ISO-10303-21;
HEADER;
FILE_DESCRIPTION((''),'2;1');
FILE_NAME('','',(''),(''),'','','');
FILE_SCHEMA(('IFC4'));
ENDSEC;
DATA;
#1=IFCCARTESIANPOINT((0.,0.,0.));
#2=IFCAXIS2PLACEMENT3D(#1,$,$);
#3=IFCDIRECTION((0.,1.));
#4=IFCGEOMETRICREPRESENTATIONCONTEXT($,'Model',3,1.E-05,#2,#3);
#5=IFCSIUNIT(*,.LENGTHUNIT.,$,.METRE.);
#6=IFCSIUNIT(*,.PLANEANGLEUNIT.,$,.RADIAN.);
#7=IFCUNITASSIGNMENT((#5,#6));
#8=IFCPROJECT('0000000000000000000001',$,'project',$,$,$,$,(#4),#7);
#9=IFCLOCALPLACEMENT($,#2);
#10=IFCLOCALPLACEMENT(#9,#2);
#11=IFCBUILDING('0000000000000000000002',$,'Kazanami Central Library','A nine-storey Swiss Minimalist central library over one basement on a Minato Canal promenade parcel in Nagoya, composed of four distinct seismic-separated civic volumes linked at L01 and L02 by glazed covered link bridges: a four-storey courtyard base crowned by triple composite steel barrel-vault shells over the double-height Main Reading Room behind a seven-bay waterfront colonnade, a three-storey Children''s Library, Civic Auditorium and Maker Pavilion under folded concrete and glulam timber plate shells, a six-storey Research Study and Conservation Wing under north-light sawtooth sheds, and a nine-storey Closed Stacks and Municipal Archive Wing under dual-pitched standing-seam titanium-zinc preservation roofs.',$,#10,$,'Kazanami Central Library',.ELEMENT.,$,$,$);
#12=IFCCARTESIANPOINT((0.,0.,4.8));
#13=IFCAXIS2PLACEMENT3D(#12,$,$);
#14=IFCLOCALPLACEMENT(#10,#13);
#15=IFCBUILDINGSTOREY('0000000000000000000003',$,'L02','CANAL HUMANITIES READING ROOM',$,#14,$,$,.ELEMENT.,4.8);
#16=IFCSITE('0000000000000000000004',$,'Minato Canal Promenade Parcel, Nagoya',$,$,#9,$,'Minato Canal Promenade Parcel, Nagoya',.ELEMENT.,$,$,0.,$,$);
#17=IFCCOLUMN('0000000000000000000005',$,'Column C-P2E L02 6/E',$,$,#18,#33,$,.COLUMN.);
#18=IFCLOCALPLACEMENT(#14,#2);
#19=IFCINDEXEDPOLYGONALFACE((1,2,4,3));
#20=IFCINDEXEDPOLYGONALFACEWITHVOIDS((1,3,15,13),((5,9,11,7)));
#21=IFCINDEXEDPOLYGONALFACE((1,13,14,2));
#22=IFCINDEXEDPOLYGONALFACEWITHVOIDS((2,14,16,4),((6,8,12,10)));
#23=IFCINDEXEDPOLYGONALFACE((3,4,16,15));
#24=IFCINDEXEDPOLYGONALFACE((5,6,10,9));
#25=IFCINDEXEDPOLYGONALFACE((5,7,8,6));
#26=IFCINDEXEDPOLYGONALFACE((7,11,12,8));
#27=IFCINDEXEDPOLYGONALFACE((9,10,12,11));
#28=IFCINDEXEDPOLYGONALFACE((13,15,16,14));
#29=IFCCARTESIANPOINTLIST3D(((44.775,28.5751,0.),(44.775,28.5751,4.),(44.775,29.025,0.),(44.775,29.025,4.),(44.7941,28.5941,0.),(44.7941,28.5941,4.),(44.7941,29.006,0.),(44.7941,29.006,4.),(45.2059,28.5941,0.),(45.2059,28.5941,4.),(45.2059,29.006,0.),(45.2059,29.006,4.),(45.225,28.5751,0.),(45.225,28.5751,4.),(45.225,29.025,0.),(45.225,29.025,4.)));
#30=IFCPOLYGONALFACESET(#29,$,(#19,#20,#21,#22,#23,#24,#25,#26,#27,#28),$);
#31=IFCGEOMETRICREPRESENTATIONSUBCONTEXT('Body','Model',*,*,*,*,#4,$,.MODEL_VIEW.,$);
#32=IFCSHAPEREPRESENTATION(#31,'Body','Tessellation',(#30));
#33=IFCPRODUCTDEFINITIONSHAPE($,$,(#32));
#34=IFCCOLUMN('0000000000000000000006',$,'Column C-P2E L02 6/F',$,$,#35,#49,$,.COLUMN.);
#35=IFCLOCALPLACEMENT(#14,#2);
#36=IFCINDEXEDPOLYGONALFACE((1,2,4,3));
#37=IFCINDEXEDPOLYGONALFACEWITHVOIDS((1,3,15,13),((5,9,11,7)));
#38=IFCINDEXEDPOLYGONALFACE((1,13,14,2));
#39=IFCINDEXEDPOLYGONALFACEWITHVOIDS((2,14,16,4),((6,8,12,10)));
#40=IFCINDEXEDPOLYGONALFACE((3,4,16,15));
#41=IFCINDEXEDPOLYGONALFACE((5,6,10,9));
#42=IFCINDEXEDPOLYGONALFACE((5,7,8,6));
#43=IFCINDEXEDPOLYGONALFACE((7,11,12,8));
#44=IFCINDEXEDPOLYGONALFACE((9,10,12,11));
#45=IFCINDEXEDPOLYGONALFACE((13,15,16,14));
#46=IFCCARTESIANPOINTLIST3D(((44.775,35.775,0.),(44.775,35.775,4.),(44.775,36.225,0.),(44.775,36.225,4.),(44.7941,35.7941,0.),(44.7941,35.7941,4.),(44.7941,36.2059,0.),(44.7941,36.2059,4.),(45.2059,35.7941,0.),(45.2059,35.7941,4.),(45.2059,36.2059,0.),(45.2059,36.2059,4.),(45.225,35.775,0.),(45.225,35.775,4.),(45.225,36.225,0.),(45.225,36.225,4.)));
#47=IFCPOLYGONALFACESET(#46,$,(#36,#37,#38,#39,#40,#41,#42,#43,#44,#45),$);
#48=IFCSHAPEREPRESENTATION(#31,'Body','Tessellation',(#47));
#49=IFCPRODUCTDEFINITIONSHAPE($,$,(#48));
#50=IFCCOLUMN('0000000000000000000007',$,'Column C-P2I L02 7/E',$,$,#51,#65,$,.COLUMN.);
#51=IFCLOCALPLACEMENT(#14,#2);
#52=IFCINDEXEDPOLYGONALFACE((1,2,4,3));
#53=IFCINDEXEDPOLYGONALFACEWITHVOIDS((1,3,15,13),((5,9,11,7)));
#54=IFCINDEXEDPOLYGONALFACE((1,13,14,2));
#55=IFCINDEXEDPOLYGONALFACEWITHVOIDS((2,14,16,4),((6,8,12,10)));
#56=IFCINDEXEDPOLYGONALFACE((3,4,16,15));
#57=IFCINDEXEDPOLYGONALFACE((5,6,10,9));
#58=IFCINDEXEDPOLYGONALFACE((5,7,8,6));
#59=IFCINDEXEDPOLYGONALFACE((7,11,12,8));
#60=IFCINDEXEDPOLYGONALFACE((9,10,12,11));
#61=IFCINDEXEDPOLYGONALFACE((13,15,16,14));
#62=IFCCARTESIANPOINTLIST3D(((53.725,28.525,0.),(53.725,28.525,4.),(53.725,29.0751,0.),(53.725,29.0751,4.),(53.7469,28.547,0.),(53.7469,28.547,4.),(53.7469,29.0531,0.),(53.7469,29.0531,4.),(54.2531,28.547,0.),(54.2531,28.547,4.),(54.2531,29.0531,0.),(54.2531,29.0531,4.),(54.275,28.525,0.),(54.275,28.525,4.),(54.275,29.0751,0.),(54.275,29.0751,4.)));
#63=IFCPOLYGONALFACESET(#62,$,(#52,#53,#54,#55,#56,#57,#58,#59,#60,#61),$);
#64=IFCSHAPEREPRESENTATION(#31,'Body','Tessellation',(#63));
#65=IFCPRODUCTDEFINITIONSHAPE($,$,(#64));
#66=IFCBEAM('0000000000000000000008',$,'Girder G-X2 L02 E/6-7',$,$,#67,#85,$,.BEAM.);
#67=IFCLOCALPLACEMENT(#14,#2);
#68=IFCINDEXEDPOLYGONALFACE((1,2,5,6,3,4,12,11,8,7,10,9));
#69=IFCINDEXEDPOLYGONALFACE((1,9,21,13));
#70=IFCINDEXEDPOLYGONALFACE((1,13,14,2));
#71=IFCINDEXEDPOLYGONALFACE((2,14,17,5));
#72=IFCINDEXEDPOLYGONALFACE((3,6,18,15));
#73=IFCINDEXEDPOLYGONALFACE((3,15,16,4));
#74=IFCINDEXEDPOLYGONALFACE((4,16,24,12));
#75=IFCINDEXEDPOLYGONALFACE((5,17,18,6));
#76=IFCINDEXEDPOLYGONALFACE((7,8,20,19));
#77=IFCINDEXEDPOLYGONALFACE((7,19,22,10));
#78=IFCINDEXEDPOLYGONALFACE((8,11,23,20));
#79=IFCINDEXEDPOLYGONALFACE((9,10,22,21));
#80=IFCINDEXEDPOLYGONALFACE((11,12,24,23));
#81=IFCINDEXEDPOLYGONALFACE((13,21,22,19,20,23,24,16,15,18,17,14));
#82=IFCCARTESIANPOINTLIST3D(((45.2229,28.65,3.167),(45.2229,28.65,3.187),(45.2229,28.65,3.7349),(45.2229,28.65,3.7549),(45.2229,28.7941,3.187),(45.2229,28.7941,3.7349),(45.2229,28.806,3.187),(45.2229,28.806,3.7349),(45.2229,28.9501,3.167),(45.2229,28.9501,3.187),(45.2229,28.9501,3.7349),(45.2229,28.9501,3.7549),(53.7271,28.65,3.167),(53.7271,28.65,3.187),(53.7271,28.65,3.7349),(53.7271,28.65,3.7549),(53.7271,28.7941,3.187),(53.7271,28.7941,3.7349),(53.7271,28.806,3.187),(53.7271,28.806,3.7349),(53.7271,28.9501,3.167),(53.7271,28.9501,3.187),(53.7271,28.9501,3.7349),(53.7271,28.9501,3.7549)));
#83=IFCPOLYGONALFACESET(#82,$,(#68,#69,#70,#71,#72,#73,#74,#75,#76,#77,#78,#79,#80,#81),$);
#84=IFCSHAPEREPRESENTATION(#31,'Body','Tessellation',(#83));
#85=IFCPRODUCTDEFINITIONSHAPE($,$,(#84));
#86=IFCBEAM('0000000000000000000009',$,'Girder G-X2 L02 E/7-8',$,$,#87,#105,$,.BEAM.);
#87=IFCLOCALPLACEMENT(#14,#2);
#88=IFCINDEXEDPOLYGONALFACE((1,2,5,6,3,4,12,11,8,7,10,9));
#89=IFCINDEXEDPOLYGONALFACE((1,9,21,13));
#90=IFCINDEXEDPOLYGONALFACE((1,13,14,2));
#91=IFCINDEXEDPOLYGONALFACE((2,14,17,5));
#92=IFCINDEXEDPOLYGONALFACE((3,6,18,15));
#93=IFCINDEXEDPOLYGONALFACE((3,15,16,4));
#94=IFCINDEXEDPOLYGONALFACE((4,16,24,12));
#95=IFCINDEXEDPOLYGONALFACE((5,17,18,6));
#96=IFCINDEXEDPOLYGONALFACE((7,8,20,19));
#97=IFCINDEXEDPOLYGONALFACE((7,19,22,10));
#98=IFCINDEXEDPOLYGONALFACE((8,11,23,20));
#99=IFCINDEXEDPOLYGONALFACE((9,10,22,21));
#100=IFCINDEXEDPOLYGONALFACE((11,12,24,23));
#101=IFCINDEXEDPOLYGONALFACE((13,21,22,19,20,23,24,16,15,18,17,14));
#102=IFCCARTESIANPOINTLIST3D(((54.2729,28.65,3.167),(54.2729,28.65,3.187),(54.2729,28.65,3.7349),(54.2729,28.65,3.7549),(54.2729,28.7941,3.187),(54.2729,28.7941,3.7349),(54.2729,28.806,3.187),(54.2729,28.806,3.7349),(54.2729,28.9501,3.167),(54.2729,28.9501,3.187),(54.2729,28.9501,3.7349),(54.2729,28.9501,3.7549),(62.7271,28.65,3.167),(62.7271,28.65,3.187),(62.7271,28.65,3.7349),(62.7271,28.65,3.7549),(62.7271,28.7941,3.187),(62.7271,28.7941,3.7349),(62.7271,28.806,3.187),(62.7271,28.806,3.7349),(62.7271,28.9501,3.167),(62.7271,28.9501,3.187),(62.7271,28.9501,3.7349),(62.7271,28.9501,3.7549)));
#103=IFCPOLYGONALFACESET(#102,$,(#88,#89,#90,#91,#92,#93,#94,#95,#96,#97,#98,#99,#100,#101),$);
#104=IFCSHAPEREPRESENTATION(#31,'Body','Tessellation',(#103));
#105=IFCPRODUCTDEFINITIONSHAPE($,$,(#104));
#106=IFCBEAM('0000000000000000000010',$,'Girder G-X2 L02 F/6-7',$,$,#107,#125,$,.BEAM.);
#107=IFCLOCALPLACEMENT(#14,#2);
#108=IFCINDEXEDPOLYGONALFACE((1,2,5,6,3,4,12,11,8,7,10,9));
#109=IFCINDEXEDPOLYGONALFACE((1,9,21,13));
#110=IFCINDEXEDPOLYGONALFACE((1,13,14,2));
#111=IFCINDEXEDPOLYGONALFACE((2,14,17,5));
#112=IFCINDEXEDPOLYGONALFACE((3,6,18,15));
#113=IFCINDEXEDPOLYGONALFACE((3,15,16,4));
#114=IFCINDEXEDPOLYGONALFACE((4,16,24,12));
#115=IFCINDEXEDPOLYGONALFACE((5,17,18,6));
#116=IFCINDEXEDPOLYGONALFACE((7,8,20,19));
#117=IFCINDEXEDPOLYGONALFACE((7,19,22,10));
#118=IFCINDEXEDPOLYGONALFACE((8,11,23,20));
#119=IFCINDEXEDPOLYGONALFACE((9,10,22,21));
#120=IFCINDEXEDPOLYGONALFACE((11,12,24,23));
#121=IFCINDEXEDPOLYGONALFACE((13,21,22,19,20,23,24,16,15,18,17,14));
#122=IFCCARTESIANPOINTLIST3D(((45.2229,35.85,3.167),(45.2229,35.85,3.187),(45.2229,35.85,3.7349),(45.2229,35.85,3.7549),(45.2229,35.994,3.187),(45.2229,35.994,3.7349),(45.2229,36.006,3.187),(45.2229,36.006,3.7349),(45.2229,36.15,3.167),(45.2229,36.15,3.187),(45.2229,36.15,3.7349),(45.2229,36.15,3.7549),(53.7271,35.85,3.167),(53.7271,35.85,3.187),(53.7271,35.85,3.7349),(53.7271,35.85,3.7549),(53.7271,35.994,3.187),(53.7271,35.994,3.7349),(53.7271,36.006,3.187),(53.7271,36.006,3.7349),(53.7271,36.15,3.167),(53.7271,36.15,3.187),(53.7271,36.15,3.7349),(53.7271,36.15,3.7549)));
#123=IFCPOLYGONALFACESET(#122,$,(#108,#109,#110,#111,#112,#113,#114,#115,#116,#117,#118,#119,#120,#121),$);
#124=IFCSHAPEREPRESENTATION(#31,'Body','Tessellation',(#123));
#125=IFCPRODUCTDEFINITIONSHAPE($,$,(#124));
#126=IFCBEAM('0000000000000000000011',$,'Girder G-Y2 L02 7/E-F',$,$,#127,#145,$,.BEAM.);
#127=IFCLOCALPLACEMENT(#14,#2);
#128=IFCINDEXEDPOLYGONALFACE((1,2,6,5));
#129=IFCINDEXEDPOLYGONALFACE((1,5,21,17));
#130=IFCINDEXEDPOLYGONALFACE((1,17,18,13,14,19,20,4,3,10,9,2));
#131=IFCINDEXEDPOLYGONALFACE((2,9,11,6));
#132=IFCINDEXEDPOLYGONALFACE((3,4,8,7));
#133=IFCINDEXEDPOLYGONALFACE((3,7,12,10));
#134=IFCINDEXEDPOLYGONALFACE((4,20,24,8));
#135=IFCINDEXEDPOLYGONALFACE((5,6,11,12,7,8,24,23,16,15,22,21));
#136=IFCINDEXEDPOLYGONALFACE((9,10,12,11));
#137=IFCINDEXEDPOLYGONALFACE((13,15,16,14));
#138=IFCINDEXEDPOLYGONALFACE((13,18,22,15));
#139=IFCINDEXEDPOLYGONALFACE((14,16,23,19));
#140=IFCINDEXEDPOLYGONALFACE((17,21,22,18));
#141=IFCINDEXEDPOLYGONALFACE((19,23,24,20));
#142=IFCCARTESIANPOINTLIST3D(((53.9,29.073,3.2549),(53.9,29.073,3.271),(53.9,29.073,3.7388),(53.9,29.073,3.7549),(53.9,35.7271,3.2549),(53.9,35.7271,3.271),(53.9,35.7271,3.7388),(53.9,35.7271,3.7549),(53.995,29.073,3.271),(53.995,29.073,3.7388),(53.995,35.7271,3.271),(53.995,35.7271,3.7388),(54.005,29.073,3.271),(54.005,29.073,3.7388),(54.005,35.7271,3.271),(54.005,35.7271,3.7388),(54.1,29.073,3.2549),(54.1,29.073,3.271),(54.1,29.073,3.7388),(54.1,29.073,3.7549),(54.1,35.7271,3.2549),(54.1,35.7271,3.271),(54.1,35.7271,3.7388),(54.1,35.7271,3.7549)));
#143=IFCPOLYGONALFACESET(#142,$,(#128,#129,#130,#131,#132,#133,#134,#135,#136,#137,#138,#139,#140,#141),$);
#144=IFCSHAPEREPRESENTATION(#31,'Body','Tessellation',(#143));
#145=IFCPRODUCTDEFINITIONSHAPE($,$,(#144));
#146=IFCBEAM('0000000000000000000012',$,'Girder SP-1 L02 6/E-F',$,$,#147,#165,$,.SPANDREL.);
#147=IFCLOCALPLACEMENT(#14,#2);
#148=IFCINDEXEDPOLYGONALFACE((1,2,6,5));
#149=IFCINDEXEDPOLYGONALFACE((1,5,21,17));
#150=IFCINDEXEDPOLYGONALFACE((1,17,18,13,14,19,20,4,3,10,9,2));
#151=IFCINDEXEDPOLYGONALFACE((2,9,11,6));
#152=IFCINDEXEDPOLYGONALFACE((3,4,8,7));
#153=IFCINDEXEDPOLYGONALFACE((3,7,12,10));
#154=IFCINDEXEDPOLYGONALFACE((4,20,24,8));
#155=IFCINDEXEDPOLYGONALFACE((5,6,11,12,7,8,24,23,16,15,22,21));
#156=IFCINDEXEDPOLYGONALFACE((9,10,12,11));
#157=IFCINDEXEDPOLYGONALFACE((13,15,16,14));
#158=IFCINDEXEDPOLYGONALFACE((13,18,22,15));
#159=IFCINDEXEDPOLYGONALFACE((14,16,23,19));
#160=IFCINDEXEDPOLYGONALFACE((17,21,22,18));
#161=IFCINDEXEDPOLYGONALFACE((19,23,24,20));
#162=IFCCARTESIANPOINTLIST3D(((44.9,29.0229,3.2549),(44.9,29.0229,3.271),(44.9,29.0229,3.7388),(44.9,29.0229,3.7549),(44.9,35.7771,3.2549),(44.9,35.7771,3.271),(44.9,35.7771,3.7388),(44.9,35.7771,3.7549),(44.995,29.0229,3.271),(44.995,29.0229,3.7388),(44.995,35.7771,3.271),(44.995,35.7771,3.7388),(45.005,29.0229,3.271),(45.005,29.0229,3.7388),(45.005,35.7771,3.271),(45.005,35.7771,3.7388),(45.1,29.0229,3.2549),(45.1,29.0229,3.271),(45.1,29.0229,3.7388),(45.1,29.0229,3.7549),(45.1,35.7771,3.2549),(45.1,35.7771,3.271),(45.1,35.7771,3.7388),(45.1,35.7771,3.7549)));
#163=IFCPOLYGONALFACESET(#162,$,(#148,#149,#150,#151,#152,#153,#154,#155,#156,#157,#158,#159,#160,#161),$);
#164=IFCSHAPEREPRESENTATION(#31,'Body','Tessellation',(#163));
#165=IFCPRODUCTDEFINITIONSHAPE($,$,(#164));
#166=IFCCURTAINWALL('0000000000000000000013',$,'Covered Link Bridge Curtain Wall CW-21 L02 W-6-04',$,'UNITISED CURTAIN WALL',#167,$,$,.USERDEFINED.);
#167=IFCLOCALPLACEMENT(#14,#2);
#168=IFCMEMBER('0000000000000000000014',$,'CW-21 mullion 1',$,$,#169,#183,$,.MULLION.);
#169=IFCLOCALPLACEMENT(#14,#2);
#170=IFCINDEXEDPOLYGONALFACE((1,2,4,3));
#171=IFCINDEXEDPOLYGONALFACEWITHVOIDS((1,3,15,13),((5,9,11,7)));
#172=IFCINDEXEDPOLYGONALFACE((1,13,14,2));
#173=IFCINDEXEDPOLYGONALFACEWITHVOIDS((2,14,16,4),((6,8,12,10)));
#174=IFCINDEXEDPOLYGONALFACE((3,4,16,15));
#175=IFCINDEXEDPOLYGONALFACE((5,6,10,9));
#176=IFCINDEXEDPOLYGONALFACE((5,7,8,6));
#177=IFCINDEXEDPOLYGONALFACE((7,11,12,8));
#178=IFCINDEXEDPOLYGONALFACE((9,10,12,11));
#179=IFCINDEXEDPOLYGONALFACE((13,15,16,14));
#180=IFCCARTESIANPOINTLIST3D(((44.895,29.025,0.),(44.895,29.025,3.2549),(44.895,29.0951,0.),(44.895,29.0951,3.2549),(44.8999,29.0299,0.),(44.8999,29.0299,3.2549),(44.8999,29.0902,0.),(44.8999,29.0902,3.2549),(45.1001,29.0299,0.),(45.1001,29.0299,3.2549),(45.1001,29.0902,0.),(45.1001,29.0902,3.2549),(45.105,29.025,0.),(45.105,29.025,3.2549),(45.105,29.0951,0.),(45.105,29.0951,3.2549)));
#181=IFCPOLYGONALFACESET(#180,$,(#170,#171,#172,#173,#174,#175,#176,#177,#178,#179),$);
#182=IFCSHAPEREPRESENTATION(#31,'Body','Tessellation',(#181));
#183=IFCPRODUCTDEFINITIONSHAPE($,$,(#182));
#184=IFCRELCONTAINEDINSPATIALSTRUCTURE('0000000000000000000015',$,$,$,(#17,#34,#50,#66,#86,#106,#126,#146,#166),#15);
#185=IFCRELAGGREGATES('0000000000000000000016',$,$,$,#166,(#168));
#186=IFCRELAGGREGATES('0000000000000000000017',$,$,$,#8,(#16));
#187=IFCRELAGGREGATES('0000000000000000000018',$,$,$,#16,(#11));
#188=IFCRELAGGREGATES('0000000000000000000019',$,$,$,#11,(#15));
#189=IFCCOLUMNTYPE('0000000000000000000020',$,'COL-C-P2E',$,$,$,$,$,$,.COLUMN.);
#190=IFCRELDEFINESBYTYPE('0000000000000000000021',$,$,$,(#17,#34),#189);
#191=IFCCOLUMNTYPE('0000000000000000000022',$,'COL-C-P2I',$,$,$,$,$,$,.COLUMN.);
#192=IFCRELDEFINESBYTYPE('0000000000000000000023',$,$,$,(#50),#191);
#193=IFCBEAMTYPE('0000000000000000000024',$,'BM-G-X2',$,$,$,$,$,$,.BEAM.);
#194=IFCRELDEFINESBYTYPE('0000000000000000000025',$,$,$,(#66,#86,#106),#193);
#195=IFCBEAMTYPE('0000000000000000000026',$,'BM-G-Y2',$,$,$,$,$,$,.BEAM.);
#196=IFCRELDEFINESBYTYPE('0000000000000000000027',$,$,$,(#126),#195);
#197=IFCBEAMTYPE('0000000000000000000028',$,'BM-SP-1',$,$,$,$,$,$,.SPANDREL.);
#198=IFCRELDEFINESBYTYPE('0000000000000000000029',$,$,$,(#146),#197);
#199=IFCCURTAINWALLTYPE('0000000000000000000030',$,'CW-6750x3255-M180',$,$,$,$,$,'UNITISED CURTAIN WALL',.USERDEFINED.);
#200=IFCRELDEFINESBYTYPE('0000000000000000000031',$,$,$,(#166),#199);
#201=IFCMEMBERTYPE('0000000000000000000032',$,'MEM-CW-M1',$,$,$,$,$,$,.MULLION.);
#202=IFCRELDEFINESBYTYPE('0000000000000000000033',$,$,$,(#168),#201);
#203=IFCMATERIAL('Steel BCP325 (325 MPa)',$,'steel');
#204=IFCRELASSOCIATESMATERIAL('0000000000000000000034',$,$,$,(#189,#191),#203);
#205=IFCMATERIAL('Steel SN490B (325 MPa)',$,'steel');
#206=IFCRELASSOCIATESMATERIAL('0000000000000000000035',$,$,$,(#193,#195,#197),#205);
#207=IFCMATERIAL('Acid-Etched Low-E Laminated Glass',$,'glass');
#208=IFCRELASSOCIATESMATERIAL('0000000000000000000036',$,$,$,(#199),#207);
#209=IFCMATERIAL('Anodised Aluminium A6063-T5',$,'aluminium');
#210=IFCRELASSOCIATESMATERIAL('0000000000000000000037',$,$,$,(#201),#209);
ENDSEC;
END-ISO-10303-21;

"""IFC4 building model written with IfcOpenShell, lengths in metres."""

from ifc_helpers import new_model, si_unit, direction, frame, origin, origin_2d, place, context, subcontext, project, spatial, hollow_rectangle, i_section, extrude, material, material_profile, profile_set, type_object, element, aggregate, save


model = new_model("IFC4")

# Units and contexts
model_context = context("Model", 3, precision=1e-05, world=origin(), true_north=direction((0.0, 1.0)))
body_context = subcontext(model_context, "Body", "Model", "MODEL_VIEW")
ifc_project = project(units=[si_unit("LENGTHUNIT", "METRE"), si_unit("PLANEANGLEUNIT", "RADIAN")], contexts=[model_context])

# Site, building, storey
site_placement = place(None, origin())
site = spatial("IfcSite", under=ifc_project, at=site_placement, Name="Minato Canal Promenade Parcel, Nagoya", LongName="Minato Canal Promenade Parcel, Nagoya", CompositionType="ELEMENT", RefElevation=0.0)
building_placement = place(site_placement, origin())
building = spatial("IfcBuilding", under=site, at=building_placement, Name="Kazanami Central Library", Description="A nine-storey Swiss Minimalist central library over one basement on a Minato Canal promenade parcel in Nagoya, composed of four distinct seismic-separated civic volumes linked at L01 and L02 by glazed covered link bridges: a four-storey courtyard base crowned by triple composite steel barrel-vault shells over the double-height Main Reading Room behind a seven-bay waterfront colonnade, a three-storey Children's Library, Civic Auditorium and Maker Pavilion under folded concrete and glulam timber plate shells, a six-storey Research Study and Conservation Wing under north-light sawtooth sheds, and a nine-storey Closed Stacks and Municipal Archive Wing under dual-pitched standing-seam titanium-zinc preservation roofs.", LongName="Kazanami Central Library", CompositionType="ELEMENT")
storey_placement = place(building_placement, frame((0.0, 0.0, 4.8)))
storey = spatial("IfcBuildingStorey", under=building, at=storey_placement, Name="L02", Description="CANAL HUMANITIES READING ROOM", CompositionType="ELEMENT", Elevation=4.8)

# Columns
ifc_material_1 = material(Name="Steel BCP325 (325 MPa)", Category="steel")
ifc_material_profile_1 = material_profile(ifc_material_1, hollow_rectangle(XDim=0.45, YDim=0.45, WallThickness=0.019, at=origin_2d()), Name="BCP-450x450x19")
ifc_profile_set_1 = profile_set([ifc_material_profile_1], Name="Steel BCP325 (325 MPa)")
column_type_1 = type_object("IfcColumnType", Name="COL-C-P2E", PredefinedType="COLUMN", material=ifc_profile_set_1)
for number, where, z_axis, x_axis, name in (
    (1, (45.0, 28.8, 0.0), (0.0, 0.0, 1.0), (1.0, 0.0, 0.0), "Column C-P2E L02 6/E"),
    (2, (45.0, 36.0, 0.0), (0.0, 0.0, 1.0), (1.0, 0.0, 0.0), "Column C-P2E L02 6/F"),
):
    element("IfcColumn", number, at=place(storey_placement, frame(where, z_axis=z_axis, x_axis=x_axis)), inside=storey, type_object=column_type_1, Name=name, PredefinedType="COLUMN", context=body_context, shape_type="SweptSolid", body=[
        extrude(hollow_rectangle(XDim=0.45, YDim=0.45, WallThickness=0.019, at=origin_2d()), origin(), (0.0, 0.0, 1.0), 4.0),
    ])
ifc_material_profile_2 = material_profile(ifc_material_1, hollow_rectangle(XDim=0.55, YDim=0.55, WallThickness=0.022, at=origin_2d()), Name="BCP-550x550x22")
ifc_profile_set_2 = profile_set([ifc_material_profile_2], Name="Steel BCP325 (325 MPa)")
column_type_2 = type_object("IfcColumnType", Name="COL-C-P2I", PredefinedType="COLUMN", material=ifc_profile_set_2)
column_placement = place(storey_placement, frame((54.0, 28.8, 0.0), z_axis=(0.0, 0.0, 1.0), x_axis=(1.0, 0.0, 0.0)))
element("IfcColumn", 3, at=column_placement, inside=storey, type_object=column_type_2, Name="Column C-P2I L02 7/E", PredefinedType="COLUMN", context=body_context, shape_type="SweptSolid", body=[
    extrude(hollow_rectangle(XDim=0.55, YDim=0.55, WallThickness=0.022, at=origin_2d()), origin(), (0.0, 0.0, 1.0), 4.0),
])

# Beams
ifc_material_2 = material(Name="Steel SN490B (325 MPa)", Category="steel")
ifc_material_profile_3 = material_profile(ifc_material_2, i_section(OverallWidth=0.3, OverallDepth=0.5879, WebThickness=0.012, FlangeThickness=0.02, at=origin_2d()), Name="H-588x300x12x20")
ifc_profile_set_3 = profile_set([ifc_material_profile_3], Name="Steel SN490B (325 MPa)")
beam_type_1 = type_object("IfcBeamType", Name="BM-G-X2", PredefinedType="BEAM", material=ifc_profile_set_3)
beam_1_placement = place(storey_placement, frame((45.2229, 28.8, 3.4609), z_axis=(1.0, 0.0, 0.0), x_axis=(0.0, 1.0, 0.0)))
element("IfcBeam", 4, at=beam_1_placement, inside=storey, type_object=beam_type_1, Name="Girder G-X2 L02 E/6-7", PredefinedType="BEAM", context=body_context, shape_type="SweptSolid", body=[
    extrude(i_section(OverallWidth=0.3, OverallDepth=0.5879, WebThickness=0.012, FlangeThickness=0.02, at=origin_2d()), origin(), (0.0, 0.0, 1.0), 8.5042),
])
beam_2_placement = place(storey_placement, frame((54.2729, 28.8, 3.4609), z_axis=(1.0, 0.0, 0.0), x_axis=(0.0, 1.0, 0.0)))
element("IfcBeam", 5, at=beam_2_placement, inside=storey, type_object=beam_type_1, Name="Girder G-X2 L02 E/7-8", PredefinedType="BEAM", context=body_context, shape_type="SweptSolid", body=[
    extrude(i_section(OverallWidth=0.3, OverallDepth=0.5879, WebThickness=0.012, FlangeThickness=0.02, at=origin_2d()), origin(), (0.0, 0.0, 1.0), 8.4541),
])
beam_3_placement = place(storey_placement, frame((45.2229, 36.0, 3.4609), z_axis=(1.0, 0.0, 0.0), x_axis=(0.0, 1.0, 0.0)))
element("IfcBeam", 6, at=beam_3_placement, inside=storey, type_object=beam_type_1, Name="Girder G-X2 L02 F/6-7", PredefinedType="BEAM", context=body_context, shape_type="SweptSolid", body=[
    extrude(i_section(OverallWidth=0.3, OverallDepth=0.5879, WebThickness=0.012, FlangeThickness=0.02, at=origin_2d()), origin(), (0.0, 0.0, 1.0), 8.5042),
])
ifc_material_profile_4 = material_profile(ifc_material_2, i_section(OverallWidth=0.2, OverallDepth=0.5, WebThickness=0.01, FlangeThickness=0.0161, at=origin_2d()), Name="H-500x200x10x16")
ifc_profile_set_4 = profile_set([ifc_material_profile_4], Name="Steel SN490B (325 MPa)")
beam_type_2 = type_object("IfcBeamType", Name="BM-G-Y2", PredefinedType="BEAM", material=ifc_profile_set_4)
beam_4_placement = place(storey_placement, frame((54.0, 29.073, 3.5049), z_axis=(0.0, 1.0, 0.0), x_axis=(-1.0, 0.0, 0.0)))
element("IfcBeam", 7, at=beam_4_placement, inside=storey, type_object=beam_type_2, Name="Girder G-Y2 L02 7/E-F", PredefinedType="BEAM", context=body_context, shape_type="SweptSolid", body=[
    extrude(i_section(OverallWidth=0.2, OverallDepth=0.5, WebThickness=0.01, FlangeThickness=0.0161, at=origin_2d()), origin(), (0.0, 0.0, 1.0), 6.6541),
])
ifc_material_profile_5 = material_profile(ifc_material_2, i_section(OverallWidth=0.2, OverallDepth=0.5, WebThickness=0.01, FlangeThickness=0.0161, at=origin_2d()), Name="H-500x200x10x16")
ifc_profile_set_5 = profile_set([ifc_material_profile_5], Name="Steel SN490B (325 MPa)")
beam_type_3 = type_object("IfcBeamType", Name="BM-SP-1", PredefinedType="SPANDREL", material=ifc_profile_set_5)
beam_5_placement = place(storey_placement, frame((45.0, 29.0229, 3.5049), z_axis=(0.0, 1.0, 0.0), x_axis=(-1.0, 0.0, 0.0)))
element("IfcBeam", 8, at=beam_5_placement, inside=storey, type_object=beam_type_3, Name="Girder SP-1 L02 6/E-F", PredefinedType="SPANDREL", context=body_context, shape_type="SweptSolid", body=[
    extrude(i_section(OverallWidth=0.2, OverallDepth=0.5, WebThickness=0.01, FlangeThickness=0.0161, at=origin_2d()), origin(), (0.0, 0.0, 1.0), 6.7542),
])

# Curtain wall, member
ifc_material_3 = material(Name="Acid-Etched Low-E Laminated Glass", Category="glass")
curtain_wall_type_1 = type_object("IfcCurtainWallType", Name="CW-6750x3255-M180", ElementType="UNITISED CURTAIN WALL", PredefinedType="USERDEFINED", material=ifc_material_3)
curtain_wall_1_placement = place(storey_placement, origin())
curtain_wall_1 = element("IfcCurtainWall", 9, at=curtain_wall_1_placement, inside=storey, type_object=curtain_wall_type_1, Name="Covered Link Bridge Curtain Wall CW-21 L02 W-6-04", ObjectType="UNITISED CURTAIN WALL", PredefinedType="USERDEFINED")
ifc_material_4 = material(Name="Anodised Aluminium A6063-T5", Category="aluminium")
ifc_material_profile_6 = material_profile(ifc_material_4, hollow_rectangle(XDim=0.0701, YDim=0.21, WallThickness=0.0049, at=origin_2d()), Name="ALU-MULL-70x210x5")
ifc_profile_set_6 = profile_set([ifc_material_profile_6], Name="Anodised Aluminium A6063-T5")
member_type_1 = type_object("IfcMemberType", Name="MEM-CW-M1", PredefinedType="MULLION", material=ifc_profile_set_6)
member_1_placement = place(storey_placement, frame((45.0, 29.0601, 0.0), z_axis=(0.0, 0.0, 1.0), x_axis=(0.0, 1.0, 0.0)))
member_1 = element("IfcMember", 10, at=member_1_placement, type_object=member_type_1, Name="CW-21 mullion 1", PredefinedType="MULLION", context=body_context, shape_type="SweptSolid", body=[
    extrude(hollow_rectangle(XDim=0.0701, YDim=0.21, WallThickness=0.0049, at=origin_2d()), origin(), (0.0, 0.0, 1.0), 3.2549),
])

aggregate(curtain_wall_1, [member_1])

save(model, "model.ifc")
